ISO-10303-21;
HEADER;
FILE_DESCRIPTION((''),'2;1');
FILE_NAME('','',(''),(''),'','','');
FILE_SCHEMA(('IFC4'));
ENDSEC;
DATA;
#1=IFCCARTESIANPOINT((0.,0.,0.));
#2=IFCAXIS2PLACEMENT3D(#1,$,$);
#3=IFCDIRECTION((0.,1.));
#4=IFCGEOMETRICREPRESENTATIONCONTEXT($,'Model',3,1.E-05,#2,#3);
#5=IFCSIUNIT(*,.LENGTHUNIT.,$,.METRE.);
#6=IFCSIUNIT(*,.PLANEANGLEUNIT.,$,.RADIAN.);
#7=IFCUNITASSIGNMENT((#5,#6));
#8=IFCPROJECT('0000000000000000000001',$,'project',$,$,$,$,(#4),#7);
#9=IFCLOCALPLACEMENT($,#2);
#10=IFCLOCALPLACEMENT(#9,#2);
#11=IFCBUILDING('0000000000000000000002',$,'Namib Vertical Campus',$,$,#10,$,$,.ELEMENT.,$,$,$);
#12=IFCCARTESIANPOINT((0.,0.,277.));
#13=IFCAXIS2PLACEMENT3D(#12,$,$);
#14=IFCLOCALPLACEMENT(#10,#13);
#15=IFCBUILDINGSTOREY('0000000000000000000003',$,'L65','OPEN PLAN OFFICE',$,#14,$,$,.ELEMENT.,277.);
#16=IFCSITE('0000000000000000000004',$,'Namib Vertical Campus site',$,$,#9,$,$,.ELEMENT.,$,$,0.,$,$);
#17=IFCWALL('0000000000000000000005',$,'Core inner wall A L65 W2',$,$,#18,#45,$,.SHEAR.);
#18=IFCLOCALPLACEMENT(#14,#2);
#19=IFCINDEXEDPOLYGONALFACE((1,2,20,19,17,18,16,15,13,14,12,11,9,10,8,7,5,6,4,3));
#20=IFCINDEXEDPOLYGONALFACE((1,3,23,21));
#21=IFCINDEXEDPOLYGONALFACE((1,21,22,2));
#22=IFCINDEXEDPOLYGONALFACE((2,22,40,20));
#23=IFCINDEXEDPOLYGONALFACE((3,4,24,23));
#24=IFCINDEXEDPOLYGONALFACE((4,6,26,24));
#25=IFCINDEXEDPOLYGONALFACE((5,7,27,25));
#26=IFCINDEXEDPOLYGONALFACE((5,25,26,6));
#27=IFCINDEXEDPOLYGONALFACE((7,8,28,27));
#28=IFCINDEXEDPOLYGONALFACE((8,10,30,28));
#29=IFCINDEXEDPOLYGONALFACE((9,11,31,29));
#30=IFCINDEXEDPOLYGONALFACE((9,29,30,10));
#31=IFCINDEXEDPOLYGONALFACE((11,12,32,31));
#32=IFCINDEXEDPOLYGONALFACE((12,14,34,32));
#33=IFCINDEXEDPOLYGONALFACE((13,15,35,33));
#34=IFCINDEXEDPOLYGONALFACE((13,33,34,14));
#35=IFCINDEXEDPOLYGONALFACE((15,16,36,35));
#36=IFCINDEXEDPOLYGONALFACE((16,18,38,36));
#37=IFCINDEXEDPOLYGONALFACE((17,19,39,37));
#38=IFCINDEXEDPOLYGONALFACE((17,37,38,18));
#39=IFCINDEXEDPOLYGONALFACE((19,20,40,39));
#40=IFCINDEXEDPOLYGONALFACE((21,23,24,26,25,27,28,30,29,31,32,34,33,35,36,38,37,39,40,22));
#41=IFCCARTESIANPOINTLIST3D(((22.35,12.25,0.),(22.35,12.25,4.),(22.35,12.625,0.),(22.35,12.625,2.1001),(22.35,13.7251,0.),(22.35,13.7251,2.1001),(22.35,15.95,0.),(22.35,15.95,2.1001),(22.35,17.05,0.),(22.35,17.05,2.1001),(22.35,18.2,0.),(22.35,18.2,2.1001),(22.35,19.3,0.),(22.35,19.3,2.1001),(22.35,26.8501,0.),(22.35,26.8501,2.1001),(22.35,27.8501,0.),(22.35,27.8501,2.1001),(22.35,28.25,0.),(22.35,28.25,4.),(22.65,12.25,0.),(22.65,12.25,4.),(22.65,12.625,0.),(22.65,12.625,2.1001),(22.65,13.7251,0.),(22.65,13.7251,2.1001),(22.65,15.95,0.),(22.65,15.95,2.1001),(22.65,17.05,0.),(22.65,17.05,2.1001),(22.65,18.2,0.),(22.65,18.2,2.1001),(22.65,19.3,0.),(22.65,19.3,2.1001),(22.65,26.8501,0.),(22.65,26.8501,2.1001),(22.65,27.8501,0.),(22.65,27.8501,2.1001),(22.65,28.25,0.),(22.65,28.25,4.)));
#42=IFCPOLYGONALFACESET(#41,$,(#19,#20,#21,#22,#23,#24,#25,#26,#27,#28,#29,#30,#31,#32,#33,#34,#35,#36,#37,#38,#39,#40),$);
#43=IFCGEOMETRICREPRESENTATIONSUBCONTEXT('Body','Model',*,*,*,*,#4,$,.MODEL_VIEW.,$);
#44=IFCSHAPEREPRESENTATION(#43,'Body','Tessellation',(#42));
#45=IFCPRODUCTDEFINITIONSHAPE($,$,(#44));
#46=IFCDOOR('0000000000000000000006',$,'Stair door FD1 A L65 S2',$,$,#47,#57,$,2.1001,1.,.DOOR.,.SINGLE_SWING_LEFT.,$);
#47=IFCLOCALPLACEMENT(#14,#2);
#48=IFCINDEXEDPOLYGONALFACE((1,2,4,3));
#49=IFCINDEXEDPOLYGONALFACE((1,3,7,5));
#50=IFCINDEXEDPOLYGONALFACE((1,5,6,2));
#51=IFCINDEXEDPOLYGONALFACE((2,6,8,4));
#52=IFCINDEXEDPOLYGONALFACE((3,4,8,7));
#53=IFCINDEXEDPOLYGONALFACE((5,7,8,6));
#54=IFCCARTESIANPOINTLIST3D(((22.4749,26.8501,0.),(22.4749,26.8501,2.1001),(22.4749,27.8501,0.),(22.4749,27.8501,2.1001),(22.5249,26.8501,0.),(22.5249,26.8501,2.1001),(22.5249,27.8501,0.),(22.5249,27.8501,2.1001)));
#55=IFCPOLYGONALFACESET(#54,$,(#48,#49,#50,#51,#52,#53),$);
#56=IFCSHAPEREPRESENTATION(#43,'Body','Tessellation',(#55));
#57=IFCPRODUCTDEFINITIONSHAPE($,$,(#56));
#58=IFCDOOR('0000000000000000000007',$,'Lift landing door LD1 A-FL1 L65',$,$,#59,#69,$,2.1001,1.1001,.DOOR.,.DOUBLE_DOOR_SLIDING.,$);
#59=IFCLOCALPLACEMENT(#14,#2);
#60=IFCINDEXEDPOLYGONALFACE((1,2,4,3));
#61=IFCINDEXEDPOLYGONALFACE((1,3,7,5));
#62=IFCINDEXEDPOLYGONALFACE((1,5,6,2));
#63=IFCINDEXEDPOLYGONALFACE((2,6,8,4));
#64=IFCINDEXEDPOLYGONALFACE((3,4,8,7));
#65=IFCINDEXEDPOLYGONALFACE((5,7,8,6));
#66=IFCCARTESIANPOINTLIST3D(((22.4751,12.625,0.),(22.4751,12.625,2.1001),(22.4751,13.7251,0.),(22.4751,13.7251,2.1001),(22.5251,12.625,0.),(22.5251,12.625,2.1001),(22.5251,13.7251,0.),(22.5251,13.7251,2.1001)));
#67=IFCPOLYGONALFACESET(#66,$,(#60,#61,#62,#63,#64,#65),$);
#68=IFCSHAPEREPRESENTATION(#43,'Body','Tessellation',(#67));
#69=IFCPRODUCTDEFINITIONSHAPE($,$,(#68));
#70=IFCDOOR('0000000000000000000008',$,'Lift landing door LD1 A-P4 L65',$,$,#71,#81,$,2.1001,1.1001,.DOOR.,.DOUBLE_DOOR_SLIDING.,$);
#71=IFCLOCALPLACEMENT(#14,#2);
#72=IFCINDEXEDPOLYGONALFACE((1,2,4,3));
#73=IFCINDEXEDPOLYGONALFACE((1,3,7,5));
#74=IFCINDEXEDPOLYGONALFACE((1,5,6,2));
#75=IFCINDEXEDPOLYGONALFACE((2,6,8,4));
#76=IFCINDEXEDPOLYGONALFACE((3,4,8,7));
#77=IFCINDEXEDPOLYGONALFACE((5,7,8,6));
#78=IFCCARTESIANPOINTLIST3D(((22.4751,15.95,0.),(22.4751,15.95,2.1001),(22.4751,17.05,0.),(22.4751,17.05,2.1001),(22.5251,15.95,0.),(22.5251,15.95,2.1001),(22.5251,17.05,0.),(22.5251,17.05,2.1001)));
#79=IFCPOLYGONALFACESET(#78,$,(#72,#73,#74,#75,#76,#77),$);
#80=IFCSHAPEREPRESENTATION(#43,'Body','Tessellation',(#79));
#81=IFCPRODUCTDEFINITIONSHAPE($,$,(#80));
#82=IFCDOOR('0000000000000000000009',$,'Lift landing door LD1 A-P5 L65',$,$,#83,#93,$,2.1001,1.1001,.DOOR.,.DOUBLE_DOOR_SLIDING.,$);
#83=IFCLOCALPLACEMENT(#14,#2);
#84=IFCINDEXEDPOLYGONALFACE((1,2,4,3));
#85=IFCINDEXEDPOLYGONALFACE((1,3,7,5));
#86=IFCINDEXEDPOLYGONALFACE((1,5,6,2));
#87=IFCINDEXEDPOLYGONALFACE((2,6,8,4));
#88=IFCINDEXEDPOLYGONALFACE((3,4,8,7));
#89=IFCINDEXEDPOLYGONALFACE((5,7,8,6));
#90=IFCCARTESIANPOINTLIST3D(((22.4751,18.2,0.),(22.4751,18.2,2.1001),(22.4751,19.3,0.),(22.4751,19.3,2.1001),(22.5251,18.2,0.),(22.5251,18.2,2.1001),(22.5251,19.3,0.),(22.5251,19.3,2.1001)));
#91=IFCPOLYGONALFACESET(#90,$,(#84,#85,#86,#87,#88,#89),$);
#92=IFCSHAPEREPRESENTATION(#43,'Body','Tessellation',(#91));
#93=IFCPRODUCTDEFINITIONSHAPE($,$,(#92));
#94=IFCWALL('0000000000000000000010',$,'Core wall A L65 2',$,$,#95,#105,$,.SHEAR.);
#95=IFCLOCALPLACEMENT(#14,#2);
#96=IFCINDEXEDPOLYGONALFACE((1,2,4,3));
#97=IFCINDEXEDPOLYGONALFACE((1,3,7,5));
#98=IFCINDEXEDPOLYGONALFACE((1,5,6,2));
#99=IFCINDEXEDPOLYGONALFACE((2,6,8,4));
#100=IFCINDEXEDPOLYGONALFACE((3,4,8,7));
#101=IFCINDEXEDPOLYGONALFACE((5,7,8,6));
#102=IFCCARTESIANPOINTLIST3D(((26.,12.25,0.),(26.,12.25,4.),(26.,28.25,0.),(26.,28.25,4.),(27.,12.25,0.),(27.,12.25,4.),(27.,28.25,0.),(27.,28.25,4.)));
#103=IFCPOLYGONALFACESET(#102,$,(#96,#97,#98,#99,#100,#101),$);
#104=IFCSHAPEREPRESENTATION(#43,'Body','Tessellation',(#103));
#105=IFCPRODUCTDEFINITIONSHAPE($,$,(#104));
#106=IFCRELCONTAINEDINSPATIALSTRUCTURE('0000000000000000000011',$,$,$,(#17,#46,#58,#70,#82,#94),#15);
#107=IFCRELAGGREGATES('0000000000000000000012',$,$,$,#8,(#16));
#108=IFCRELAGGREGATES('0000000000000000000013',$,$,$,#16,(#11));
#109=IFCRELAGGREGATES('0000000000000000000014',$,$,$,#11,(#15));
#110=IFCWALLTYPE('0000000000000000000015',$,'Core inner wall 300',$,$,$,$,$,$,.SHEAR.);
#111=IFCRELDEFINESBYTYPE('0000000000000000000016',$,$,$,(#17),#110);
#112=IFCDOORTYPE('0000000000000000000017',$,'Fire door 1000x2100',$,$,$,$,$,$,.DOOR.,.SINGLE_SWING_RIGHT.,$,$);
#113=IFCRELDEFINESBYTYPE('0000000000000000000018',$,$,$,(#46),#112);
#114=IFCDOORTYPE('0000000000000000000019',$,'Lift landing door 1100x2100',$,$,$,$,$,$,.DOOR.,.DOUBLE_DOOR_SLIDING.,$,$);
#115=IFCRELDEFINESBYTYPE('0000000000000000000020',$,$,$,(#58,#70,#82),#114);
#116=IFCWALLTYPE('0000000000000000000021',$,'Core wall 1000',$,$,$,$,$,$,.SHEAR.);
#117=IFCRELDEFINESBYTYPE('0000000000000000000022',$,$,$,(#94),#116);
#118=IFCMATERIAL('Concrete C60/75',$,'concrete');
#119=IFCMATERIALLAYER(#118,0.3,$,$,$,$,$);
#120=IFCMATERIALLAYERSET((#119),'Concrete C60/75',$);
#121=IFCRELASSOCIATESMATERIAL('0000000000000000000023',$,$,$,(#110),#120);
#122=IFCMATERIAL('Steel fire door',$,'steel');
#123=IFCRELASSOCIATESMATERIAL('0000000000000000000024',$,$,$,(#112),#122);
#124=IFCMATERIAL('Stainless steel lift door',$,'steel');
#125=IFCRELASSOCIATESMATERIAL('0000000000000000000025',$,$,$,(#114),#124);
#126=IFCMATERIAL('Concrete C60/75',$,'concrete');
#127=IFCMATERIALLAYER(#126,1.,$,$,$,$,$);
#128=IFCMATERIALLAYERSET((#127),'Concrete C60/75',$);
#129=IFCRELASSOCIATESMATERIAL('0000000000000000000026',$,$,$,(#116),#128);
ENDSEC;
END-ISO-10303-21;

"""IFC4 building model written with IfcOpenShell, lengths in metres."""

from ifc_helpers import new_model, si_unit, direction, frame, frame_2d, origin, place, context, subcontext, project, spatial, rectangle, extrude, material, layer, layer_set, type_object, element, fill, save


model = new_model("IFC4")

# Units and contexts
model_context = context("Model", 3, precision=1e-05, world=origin(), true_north=direction((0.0, 1.0)))
body_context = subcontext(model_context, "Body", "Model", "MODEL_VIEW")
ifc_project = project(units=[si_unit("LENGTHUNIT", "METRE"), si_unit("PLANEANGLEUNIT", "RADIAN")], contexts=[model_context])

# Site, building, storey
site_placement = place(None, origin())
site = spatial("IfcSite", under=ifc_project, at=site_placement, Name="Namib Vertical Campus site", CompositionType="ELEMENT", RefElevation=0.0)
building_placement = place(site_placement, origin())
building = spatial("IfcBuilding", under=site, at=building_placement, Name="Namib Vertical Campus", CompositionType="ELEMENT")
storey_placement = place(building_placement, frame((0.0, 0.0, 277.0)))
storey = spatial("IfcBuildingStorey", under=building, at=storey_placement, Name="L65", Description="OPEN PLAN OFFICE", CompositionType="ELEMENT", Elevation=277.0)

# Wall, openings, doors
ifc_material_1 = material(Name="Concrete C60/75", Category="concrete")
ifc_layer_1 = layer(ifc_material_1, 0.3)
ifc_layer_set_1 = layer_set([ifc_layer_1], Name="Concrete C60/75")
wall_type_1 = type_object("IfcWallType", Name="Core inner wall 300", PredefinedType="SHEAR", material=ifc_layer_set_1)
ifc_material_2 = material(Name="Steel fire door", Category="steel")
door_type_1 = type_object("IfcDoorType", Name="Fire door 1000x2100", OperationType="SINGLE_SWING_RIGHT", PredefinedType="DOOR", material=ifc_material_2)
ifc_material_3 = material(Name="Stainless steel lift door", Category="steel")
door_type_2 = type_object("IfcDoorType", Name="Lift landing door 1100x2100", OperationType="DOUBLE_DOOR_SLIDING", PredefinedType="DOOR", material=ifc_material_3)
wall_1_placement = place(storey_placement, frame((22.5, 12.25, 0.0), z_axis=(0.0, 0.0, 1.0), x_axis=(0.0, 1.0, 0.0)))
wall_1 = element("IfcWall", 1, at=wall_1_placement, inside=storey, type_object=wall_type_1, Name="Core inner wall A L65 W2", PredefinedType="SHEAR", context=body_context, shape_type="SweptSolid", body=[
    extrude(rectangle(XDim=16.0, YDim=0.3, at=frame_2d((8.0, 0.0))), origin(), (0.0, 0.0, 1.0), 4.0),
])
opening_1_placement = place(wall_1_placement, frame((14.6001, 0.0, 0.0)))
opening_1 = element("IfcOpeningElement", 2, at=opening_1_placement, cuts=wall_1, PredefinedType="OPENING", context=body_context, shape_type="SweptSolid", body=[
    extrude(rectangle(XDim=1.0, YDim=2.1001, at=frame_2d((0.5, 1.05))), frame((0.0, 0.1599, 0.0), z_axis=(0.0, -1.0, 0.0), x_axis=(1.0, 0.0, 0.0)), (0.0, 0.0, 1.0), 0.3201),
])
opening_2_placement = place(wall_1_placement, frame((0.375, 0.0, 0.0)))
opening_2 = element("IfcOpeningElement", 3, at=opening_2_placement, cuts=wall_1, PredefinedType="OPENING", context=body_context, shape_type="SweptSolid", body=[
    extrude(rectangle(XDim=1.1001, YDim=2.1001, at=frame_2d((0.55, 1.05))), frame((0.0, 0.1599, 0.0), z_axis=(0.0, -1.0, 0.0), x_axis=(1.0, 0.0, 0.0)), (0.0, 0.0, 1.0), 0.3201),
])
opening_3_placement = place(wall_1_placement, frame((3.7, 0.0, 0.0)))
opening_3 = element("IfcOpeningElement", 4, at=opening_3_placement, cuts=wall_1, PredefinedType="OPENING", context=body_context, shape_type="SweptSolid", body=[
    extrude(rectangle(XDim=1.1001, YDim=2.1001, at=frame_2d((0.55, 1.05))), frame((0.0, 0.1599, 0.0), z_axis=(0.0, -1.0, 0.0), x_axis=(1.0, 0.0, 0.0)), (0.0, 0.0, 1.0), 0.3201),
])
opening_4_placement = place(wall_1_placement, frame((5.95, 0.0, 0.0)))
opening_4 = element("IfcOpeningElement", 5, at=opening_4_placement, cuts=wall_1, PredefinedType="OPENING", context=body_context, shape_type="SweptSolid", body=[
    extrude(rectangle(XDim=1.1001, YDim=2.1001, at=frame_2d((0.55, 1.05))), frame((0.0, 0.1599, 0.0), z_axis=(0.0, -1.0, 0.0), x_axis=(1.0, 0.0, 0.0)), (0.0, 0.0, 1.0), 0.3201),
])
door_1_placement = place(opening_1_placement, frame((1.0, 0.0, 0.0), z_axis=(0.0, 0.0, 1.0), x_axis=(-1.0, 0.0, 0.0)))
door_1 = element("IfcDoor", 6, at=door_1_placement, inside=storey, type_object=door_type_1, Name="Stair door FD1 A L65 S2", OperationType="SINGLE_SWING_LEFT", OverallHeight=2.1001, OverallWidth=1.0, PredefinedType="DOOR", context=body_context, shape_type="SweptSolid", body=[
    extrude(rectangle(XDim=1.0, YDim=2.1001, at=frame_2d((0.5, 1.05))), frame((0.0, 0.0249, 0.0), z_axis=(0.0, -1.0, 0.0), x_axis=(1.0, 0.0, 0.0)), (0.0, 0.0, 1.0), 0.05),
])
fill(opening_1, door_1)
door_2_placement = place(opening_2_placement, origin())
door_2 = element("IfcDoor", 7, at=door_2_placement, inside=storey, type_object=door_type_2, Name="Lift landing door LD1 A-FL1 L65", OperationType="DOUBLE_DOOR_SLIDING", OverallHeight=2.1001, OverallWidth=1.1001, PredefinedType="DOOR", context=body_context, shape_type="SweptSolid", body=[
    extrude(rectangle(XDim=1.1001, YDim=2.1001, at=frame_2d((0.55, 1.05))), frame((0.0, 0.0249, 0.0), z_axis=(0.0, -1.0, 0.0), x_axis=(1.0, 0.0, 0.0)), (0.0, 0.0, 1.0), 0.05),
])
fill(opening_2, door_2)
door_3_placement = place(opening_3_placement, origin())
door_3 = element("IfcDoor", 8, at=door_3_placement, inside=storey, type_object=door_type_2, Name="Lift landing door LD1 A-P4 L65", OperationType="DOUBLE_DOOR_SLIDING", OverallHeight=2.1001, OverallWidth=1.1001, PredefinedType="DOOR", context=body_context, shape_type="SweptSolid", body=[
    extrude(rectangle(XDim=1.1001, YDim=2.1001, at=frame_2d((0.55, 1.05))), frame((0.0, 0.0249, 0.0), z_axis=(0.0, -1.0, 0.0), x_axis=(1.0, 0.0, 0.0)), (0.0, 0.0, 1.0), 0.05),
])
fill(opening_3, door_3)
door_4_placement = place(opening_4_placement, origin())
door_4 = element("IfcDoor", 9, at=door_4_placement, inside=storey, type_object=door_type_2, Name="Lift landing door LD1 A-P5 L65", OperationType="DOUBLE_DOOR_SLIDING", OverallHeight=2.1001, OverallWidth=1.1001, PredefinedType="DOOR", context=body_context, shape_type="SweptSolid", body=[
    extrude(rectangle(XDim=1.1001, YDim=2.1001, at=frame_2d((0.55, 1.05))), frame((0.0, 0.0249, 0.0), z_axis=(0.0, -1.0, 0.0), x_axis=(1.0, 0.0, 0.0)), (0.0, 0.0, 1.0), 0.05),
])
fill(opening_4, door_4)

# Wall
ifc_material_4 = material(Name="Concrete C60/75", Category="concrete")
ifc_layer_2 = layer(ifc_material_4, 1.0)
ifc_layer_set_2 = layer_set([ifc_layer_2], Name="Concrete C60/75")
wall_type_2 = type_object("IfcWallType", Name="Core wall 1000", PredefinedType="SHEAR", material=ifc_layer_set_2)
wall_2_placement = place(storey_placement, frame((26.5, 12.25, 0.0), z_axis=(0.0, 0.0, 1.0), x_axis=(0.0, 1.0, 0.0)))
element("IfcWall", 10, at=wall_2_placement, inside=storey, type_object=wall_type_2, Name="Core wall A L65 2", PredefinedType="SHEAR", context=body_context, shape_type="SweptSolid", body=[
    extrude(rectangle(XDim=16.0, YDim=1.0, at=frame_2d((8.0, 0.0))), origin(), (0.0, 0.0, 1.0), 4.0),
])

save(model, "model.ifc")
